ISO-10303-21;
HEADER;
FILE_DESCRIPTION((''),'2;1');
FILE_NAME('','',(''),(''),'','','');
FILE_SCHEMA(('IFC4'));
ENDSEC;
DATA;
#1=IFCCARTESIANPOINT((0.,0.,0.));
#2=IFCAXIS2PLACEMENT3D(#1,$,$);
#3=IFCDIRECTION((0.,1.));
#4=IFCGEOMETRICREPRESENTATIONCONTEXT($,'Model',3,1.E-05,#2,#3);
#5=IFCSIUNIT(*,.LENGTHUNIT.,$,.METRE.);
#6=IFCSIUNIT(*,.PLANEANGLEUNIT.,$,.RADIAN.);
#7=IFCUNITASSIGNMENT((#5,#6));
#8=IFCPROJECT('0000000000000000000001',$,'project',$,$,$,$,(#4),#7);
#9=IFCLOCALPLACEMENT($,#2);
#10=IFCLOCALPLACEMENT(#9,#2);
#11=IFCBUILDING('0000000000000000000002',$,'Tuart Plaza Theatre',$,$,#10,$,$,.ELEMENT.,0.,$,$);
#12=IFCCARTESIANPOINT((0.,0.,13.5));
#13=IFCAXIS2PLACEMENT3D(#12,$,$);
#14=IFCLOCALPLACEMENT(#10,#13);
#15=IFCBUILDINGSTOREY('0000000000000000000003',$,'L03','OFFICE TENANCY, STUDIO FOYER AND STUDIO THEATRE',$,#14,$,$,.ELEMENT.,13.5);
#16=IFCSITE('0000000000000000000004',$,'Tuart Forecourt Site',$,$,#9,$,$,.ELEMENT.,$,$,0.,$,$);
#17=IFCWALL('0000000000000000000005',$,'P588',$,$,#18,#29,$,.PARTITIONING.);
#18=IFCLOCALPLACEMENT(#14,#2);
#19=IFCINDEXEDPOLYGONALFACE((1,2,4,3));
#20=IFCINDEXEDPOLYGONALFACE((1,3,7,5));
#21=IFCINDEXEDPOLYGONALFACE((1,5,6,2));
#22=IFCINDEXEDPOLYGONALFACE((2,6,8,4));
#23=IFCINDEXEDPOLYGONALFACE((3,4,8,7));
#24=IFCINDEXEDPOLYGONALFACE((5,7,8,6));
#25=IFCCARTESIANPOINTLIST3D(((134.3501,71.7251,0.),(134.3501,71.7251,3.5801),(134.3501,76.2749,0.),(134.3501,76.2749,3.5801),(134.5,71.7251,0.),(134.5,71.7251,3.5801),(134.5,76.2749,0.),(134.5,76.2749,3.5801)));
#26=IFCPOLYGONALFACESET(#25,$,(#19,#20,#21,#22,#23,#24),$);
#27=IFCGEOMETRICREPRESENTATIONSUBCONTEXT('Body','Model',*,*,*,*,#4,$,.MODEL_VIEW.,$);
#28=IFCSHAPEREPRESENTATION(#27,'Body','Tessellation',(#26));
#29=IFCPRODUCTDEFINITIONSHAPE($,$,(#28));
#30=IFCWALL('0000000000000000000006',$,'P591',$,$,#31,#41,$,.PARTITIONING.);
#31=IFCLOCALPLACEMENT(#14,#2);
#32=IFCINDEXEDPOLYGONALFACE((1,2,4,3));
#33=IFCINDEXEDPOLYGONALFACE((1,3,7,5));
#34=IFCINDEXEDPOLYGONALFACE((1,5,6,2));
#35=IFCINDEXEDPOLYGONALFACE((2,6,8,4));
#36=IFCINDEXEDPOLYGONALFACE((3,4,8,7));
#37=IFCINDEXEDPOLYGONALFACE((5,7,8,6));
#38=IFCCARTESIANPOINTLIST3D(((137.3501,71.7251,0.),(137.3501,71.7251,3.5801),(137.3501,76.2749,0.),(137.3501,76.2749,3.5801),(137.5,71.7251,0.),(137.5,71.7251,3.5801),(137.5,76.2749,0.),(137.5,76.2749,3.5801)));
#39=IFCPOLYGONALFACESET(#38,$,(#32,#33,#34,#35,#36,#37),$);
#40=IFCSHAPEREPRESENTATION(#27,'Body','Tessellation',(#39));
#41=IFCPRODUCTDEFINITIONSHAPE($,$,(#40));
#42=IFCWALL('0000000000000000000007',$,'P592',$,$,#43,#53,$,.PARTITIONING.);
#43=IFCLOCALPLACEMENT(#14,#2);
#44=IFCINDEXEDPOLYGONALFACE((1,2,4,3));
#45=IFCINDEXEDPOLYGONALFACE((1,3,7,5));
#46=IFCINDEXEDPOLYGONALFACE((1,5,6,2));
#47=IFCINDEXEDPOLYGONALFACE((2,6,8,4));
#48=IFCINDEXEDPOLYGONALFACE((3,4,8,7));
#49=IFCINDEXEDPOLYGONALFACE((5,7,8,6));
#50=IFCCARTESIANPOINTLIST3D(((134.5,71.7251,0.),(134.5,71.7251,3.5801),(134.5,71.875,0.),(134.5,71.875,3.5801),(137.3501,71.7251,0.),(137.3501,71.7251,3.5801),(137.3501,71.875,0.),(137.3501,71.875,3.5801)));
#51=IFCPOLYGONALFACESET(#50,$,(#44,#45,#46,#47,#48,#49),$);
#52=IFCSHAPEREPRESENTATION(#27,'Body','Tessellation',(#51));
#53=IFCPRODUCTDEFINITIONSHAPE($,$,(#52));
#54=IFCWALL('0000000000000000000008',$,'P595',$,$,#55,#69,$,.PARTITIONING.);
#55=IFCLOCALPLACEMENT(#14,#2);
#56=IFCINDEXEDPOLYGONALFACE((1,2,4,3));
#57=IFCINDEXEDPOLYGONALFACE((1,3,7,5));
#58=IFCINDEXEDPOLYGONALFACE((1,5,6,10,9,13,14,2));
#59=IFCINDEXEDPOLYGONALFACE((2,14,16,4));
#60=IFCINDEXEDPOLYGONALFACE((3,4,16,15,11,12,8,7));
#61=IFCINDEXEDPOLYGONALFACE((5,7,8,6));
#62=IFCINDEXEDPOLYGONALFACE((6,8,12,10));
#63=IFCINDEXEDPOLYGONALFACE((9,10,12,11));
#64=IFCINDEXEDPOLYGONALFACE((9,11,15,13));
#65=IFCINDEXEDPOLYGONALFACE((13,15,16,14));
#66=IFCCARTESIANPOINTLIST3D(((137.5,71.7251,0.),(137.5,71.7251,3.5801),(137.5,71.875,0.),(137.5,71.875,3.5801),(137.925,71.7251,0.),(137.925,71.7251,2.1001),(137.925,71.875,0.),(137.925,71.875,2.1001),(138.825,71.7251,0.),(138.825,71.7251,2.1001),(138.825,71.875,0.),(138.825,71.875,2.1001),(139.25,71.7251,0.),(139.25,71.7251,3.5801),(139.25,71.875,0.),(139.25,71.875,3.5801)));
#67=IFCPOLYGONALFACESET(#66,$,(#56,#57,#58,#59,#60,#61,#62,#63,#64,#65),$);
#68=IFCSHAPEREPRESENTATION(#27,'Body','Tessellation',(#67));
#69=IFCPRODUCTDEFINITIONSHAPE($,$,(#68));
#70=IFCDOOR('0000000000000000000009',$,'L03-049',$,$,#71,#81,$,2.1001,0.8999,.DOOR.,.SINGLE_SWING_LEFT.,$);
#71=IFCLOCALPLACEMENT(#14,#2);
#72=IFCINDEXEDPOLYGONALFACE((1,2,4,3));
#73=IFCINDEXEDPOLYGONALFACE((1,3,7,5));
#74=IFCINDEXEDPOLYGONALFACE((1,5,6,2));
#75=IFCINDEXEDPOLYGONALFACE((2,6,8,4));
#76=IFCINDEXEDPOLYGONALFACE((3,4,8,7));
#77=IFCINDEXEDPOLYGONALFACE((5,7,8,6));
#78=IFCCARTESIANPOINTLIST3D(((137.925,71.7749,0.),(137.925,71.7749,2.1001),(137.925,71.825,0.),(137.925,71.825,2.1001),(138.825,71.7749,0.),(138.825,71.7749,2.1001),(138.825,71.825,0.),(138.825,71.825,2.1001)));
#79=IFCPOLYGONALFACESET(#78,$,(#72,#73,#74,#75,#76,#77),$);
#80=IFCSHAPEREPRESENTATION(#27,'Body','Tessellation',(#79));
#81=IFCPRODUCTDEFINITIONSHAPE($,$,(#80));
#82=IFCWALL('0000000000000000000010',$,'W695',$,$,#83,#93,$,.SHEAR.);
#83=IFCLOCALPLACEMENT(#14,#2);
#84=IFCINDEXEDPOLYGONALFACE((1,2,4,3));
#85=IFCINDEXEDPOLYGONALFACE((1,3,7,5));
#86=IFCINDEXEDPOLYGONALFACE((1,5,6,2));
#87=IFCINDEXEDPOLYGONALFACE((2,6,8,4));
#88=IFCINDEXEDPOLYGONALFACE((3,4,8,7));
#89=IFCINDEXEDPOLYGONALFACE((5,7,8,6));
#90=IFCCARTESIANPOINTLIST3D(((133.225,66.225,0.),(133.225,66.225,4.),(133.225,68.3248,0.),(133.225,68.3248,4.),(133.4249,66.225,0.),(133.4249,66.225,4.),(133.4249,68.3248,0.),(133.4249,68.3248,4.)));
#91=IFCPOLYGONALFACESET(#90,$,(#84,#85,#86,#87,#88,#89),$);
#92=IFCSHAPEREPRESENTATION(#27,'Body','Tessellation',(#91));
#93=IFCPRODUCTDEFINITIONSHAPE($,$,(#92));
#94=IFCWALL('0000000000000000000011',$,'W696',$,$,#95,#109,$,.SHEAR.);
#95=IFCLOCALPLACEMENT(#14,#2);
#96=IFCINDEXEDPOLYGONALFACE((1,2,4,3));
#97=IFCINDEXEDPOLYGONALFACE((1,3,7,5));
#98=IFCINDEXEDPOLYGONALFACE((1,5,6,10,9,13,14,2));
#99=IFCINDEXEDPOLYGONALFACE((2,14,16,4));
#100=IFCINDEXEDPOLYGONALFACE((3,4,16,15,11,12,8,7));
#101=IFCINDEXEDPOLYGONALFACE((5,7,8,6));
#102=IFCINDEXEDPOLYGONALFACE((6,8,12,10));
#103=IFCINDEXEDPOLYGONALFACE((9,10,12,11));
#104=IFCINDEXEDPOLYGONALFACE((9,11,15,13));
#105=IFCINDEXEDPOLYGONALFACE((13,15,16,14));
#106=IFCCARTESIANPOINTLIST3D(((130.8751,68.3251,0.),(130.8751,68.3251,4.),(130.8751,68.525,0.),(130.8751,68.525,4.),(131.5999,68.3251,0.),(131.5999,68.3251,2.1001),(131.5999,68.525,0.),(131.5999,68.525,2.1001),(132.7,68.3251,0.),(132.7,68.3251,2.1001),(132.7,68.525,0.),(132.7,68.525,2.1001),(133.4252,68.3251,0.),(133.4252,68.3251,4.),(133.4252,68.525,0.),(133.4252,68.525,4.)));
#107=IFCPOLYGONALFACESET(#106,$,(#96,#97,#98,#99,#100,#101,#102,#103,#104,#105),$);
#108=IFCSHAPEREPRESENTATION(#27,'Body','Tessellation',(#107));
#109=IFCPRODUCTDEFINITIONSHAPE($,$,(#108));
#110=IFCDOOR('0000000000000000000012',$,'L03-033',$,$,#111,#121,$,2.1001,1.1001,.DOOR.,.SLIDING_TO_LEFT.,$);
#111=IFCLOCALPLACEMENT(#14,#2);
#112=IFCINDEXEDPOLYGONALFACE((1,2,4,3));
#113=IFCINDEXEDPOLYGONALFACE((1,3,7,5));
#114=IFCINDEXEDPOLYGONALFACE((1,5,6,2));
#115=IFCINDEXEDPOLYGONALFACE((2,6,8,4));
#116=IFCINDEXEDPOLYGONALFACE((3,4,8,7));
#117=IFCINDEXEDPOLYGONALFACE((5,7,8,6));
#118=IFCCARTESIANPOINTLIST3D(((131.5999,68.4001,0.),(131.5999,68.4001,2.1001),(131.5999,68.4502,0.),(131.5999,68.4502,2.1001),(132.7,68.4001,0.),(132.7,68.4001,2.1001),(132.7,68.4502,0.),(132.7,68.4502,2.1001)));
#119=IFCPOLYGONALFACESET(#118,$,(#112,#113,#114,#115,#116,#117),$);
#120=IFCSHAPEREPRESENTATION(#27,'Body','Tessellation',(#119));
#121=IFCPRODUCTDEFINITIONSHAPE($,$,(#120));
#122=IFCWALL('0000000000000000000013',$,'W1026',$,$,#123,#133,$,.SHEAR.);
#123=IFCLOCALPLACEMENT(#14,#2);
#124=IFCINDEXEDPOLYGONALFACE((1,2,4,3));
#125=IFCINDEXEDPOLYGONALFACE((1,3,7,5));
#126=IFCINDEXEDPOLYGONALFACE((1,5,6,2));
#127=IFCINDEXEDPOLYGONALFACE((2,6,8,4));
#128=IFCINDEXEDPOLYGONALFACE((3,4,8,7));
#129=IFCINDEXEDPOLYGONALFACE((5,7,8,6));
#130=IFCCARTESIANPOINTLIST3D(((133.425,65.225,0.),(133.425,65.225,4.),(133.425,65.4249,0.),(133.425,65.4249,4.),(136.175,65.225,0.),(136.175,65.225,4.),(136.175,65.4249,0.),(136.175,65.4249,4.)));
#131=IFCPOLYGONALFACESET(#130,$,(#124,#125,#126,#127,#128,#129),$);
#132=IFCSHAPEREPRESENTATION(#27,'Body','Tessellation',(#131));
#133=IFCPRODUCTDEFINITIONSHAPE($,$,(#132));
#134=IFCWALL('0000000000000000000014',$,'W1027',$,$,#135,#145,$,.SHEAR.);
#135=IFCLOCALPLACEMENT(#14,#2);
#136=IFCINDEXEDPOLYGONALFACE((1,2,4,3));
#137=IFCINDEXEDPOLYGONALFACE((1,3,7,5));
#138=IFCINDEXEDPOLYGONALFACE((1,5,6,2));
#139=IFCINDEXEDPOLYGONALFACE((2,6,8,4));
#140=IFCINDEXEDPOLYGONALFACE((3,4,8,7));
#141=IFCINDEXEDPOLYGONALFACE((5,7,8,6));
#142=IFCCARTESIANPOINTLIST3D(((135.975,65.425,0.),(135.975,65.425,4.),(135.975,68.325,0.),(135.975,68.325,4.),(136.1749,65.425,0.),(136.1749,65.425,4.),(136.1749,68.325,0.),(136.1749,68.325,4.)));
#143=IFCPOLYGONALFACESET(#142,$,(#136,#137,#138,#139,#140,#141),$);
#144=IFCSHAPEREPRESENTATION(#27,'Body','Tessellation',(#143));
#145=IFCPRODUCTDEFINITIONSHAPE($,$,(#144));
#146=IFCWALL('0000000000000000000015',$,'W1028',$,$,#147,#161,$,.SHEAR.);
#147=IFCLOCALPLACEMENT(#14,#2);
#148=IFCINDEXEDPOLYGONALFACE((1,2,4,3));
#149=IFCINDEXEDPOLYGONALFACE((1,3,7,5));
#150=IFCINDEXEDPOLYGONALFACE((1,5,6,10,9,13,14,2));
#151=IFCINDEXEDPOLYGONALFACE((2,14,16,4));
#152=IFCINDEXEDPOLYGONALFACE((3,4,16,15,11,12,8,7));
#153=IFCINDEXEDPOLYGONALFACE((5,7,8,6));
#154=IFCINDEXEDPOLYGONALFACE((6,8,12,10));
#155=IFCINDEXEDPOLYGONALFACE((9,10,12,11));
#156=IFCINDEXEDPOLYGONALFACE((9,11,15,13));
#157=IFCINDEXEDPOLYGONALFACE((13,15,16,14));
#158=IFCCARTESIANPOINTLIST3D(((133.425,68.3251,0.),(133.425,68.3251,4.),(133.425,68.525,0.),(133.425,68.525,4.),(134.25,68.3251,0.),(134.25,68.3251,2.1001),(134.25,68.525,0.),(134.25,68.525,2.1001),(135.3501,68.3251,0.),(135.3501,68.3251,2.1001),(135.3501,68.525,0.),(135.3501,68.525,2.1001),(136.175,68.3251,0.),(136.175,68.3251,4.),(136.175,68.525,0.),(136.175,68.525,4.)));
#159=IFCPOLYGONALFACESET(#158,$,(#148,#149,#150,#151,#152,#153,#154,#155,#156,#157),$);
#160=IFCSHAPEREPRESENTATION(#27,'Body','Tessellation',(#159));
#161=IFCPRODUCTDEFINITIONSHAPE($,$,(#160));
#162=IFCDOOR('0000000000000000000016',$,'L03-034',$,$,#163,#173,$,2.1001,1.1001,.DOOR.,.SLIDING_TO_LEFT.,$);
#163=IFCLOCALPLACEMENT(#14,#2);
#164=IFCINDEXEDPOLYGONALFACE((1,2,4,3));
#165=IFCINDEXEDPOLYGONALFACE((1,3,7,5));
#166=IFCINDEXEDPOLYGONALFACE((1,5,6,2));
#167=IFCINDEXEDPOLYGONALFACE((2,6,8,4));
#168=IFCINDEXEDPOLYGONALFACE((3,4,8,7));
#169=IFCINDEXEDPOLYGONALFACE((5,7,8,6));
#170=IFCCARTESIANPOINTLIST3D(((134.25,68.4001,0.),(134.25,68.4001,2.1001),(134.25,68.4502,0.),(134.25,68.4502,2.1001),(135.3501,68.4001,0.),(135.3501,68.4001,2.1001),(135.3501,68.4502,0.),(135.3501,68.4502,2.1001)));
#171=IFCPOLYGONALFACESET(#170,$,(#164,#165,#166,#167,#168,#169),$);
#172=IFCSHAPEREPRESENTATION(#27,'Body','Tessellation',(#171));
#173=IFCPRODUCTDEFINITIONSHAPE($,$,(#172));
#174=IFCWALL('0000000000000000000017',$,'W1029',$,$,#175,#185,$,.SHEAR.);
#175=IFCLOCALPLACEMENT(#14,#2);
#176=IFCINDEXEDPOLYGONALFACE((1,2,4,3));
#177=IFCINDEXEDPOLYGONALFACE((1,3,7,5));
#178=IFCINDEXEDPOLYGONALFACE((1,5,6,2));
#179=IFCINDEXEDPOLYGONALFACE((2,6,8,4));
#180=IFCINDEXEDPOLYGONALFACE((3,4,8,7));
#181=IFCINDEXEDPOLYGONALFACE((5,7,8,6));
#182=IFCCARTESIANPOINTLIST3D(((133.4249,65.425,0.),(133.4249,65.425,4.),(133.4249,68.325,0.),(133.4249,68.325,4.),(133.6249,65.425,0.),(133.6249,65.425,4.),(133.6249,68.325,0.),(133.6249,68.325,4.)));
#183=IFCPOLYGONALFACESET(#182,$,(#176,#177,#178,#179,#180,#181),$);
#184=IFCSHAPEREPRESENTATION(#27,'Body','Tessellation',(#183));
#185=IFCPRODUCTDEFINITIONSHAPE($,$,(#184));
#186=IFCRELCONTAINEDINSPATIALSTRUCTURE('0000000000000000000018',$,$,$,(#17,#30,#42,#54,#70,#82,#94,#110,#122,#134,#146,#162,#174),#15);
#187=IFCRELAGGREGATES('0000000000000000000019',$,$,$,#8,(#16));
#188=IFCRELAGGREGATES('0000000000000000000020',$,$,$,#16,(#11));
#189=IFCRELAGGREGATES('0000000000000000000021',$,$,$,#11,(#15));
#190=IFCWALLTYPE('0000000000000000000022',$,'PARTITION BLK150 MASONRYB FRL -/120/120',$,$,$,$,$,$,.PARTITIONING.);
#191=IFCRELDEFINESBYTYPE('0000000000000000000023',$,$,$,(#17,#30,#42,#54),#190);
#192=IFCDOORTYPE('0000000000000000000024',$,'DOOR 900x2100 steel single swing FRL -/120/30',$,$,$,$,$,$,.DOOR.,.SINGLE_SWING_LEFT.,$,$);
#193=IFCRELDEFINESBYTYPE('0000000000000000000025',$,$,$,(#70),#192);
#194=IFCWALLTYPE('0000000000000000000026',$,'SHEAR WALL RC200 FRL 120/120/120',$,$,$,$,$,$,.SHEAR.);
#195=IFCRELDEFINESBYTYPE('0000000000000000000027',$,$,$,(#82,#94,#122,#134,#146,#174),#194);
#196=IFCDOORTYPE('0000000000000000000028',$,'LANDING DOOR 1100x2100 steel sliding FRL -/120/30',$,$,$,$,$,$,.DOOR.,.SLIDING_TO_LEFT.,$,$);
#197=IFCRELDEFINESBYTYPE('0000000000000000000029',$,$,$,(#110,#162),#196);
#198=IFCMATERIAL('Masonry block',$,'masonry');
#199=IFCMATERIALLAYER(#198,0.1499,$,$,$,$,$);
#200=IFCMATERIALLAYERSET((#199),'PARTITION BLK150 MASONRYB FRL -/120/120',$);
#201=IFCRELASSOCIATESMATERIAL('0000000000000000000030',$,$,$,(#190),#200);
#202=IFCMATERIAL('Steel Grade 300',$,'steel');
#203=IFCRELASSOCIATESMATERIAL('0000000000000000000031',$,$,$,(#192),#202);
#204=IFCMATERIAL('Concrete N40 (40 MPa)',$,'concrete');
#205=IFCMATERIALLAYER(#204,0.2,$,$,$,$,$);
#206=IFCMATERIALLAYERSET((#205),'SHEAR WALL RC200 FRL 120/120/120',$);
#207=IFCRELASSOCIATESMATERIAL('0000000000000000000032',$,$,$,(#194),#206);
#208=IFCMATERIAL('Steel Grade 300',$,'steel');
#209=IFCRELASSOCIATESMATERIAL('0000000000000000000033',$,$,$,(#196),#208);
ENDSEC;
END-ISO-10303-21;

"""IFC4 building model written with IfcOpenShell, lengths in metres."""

from ifc_helpers import new_model, si_unit, direction, frame, frame_2d, origin, place, context, subcontext, project, spatial, rectangle, extrude, material, layer, layer_set, type_object, element, fill, save


model = new_model("IFC4")

# Units and contexts
model_context = context("Model", 3, precision=1e-05, world=origin(), true_north=direction((0.0, 1.0)))
body_context = subcontext(model_context, "Body", "Model", "MODEL_VIEW")
ifc_project = project(units=[si_unit("LENGTHUNIT", "METRE"), si_unit("PLANEANGLEUNIT", "RADIAN")], contexts=[model_context])

# Site, building, storey
site_placement = place(None, origin())
site = spatial("IfcSite", under=ifc_project, at=site_placement, Name="Tuart Forecourt Site", CompositionType="ELEMENT", RefElevation=0.0)
building_placement = place(site_placement, origin())
building = spatial("IfcBuilding", under=site, at=building_placement, Name="Tuart Plaza Theatre", CompositionType="ELEMENT", ElevationOfRefHeight=0.0)
storey_placement = place(building_placement, frame((0.0, 0.0, 13.5)))
storey = spatial("IfcBuildingStorey", under=building, at=storey_placement, Name="L03", Description="OFFICE TENANCY, STUDIO FOYER AND STUDIO THEATRE", CompositionType="ELEMENT", Elevation=13.5)

# Walls
ifc_material_1 = material(Name="Masonry block", Category="masonry")
ifc_layer_1 = layer(ifc_material_1, 0.1499)
ifc_layer_set_1 = layer_set([ifc_layer_1], Name="PARTITION BLK150 MASONRYB FRL -/120/120")
wall_type_1 = type_object("IfcWallType", Name="PARTITION BLK150 MASONRYB FRL -/120/120", PredefinedType="PARTITIONING", material=ifc_layer_set_1)
for number, where, z_axis, x_axis, name in (
    (1, (134.425, 71.7251, 0.0), (0.0, 0.0, 1.0), (0.0, 1.0, 0.0), "P588"),
    (2, (137.425, 71.7251, 0.0), (0.0, 0.0, 1.0), (0.0, 1.0, 0.0), "P591"),
):
    element("IfcWall", number, at=place(storey_placement, frame(where, z_axis=z_axis, x_axis=x_axis)), inside=storey, type_object=wall_type_1, Name=name, PredefinedType="PARTITIONING", context=body_context, shape_type="SweptSolid", body=[
        extrude(rectangle(XDim=4.5498, YDim=0.1499, at=frame_2d((2.2749, 0.0))), origin(), (0.0, 0.0, 1.0), 3.5801),
    ])
wall_1_placement = place(storey_placement, frame((134.5, 71.8, 0.0), z_axis=(0.0, 0.0, 1.0), x_axis=(1.0, 0.0, 0.0)))
element("IfcWall", 3, at=wall_1_placement, inside=storey, type_object=wall_type_1, Name="P592", PredefinedType="PARTITIONING", context=body_context, shape_type="SweptSolid", body=[
    extrude(rectangle(XDim=2.8501, YDim=0.1499, at=frame_2d((1.425, 0.0))), origin(), (0.0, 0.0, 1.0), 3.5801),
])

# Wall, opening, door
wall_2_placement = place(storey_placement, frame((137.5, 71.8, 0.0), z_axis=(0.0, 0.0, 1.0), x_axis=(1.0, 0.0, 0.0)))
wall_2 = element("IfcWall", 4, at=wall_2_placement, inside=storey, type_object=wall_type_1, Name="P595", PredefinedType="PARTITIONING", context=body_context, shape_type="SweptSolid", body=[
    extrude(rectangle(XDim=1.75, YDim=0.1499, at=frame_2d((0.875, 0.0))), origin(), (0.0, 0.0, 1.0), 3.5801),
])
opening_1_placement = place(wall_2_placement, frame((0.425, 0.0, 0.0)))
opening_1 = element("IfcOpeningElement", 5, at=opening_1_placement, cuts=wall_2, PredefinedType="OPENING", context=body_context, shape_type="SweptSolid", body=[
    extrude(rectangle(XDim=0.8999, YDim=2.1001, at=frame_2d((0.45, 1.05))), frame((0.0, 0.085, 0.0), z_axis=(0.0, -1.0, 0.0), x_axis=(1.0, 0.0, 0.0)), (0.0, 0.0, 1.0), 0.1699),
])
ifc_material_2 = material(Name="Steel Grade 300", Category="steel")
door_type_1 = type_object("IfcDoorType", Name="DOOR 900x2100 steel single swing FRL -/120/30", OperationType="SINGLE_SWING_LEFT", PredefinedType="DOOR", material=ifc_material_2)
door_1_placement = place(opening_1_placement, origin())
door_1 = element("IfcDoor", 6, at=door_1_placement, inside=storey, type_object=door_type_1, Name="L03-049", OperationType="SINGLE_SWING_LEFT", OverallHeight=2.1001, OverallWidth=0.8999, PredefinedType="DOOR", context=body_context, shape_type="SweptSolid", body=[
    extrude(rectangle(XDim=0.8999, YDim=2.1001, at=frame_2d((0.45, 1.05))), frame((0.0, 0.0249, 0.0), z_axis=(0.0, -1.0, 0.0), x_axis=(1.0, 0.0, 0.0)), (0.0, 0.0, 1.0), 0.05),
])
fill(opening_1, door_1)

# Wall
ifc_material_3 = material(Name="Concrete N40 (40 MPa)", Category="concrete")
ifc_layer_2 = layer(ifc_material_3, 0.2)
ifc_layer_set_2 = layer_set([ifc_layer_2], Name="SHEAR WALL RC200 FRL 120/120/120")
wall_type_2 = type_object("IfcWallType", Name="SHEAR WALL RC200 FRL 120/120/120", PredefinedType="SHEAR", material=ifc_layer_set_2)
wall_3_placement = place(storey_placement, frame((133.325, 66.2251, 0.0), z_axis=(0.0, 0.0, 1.0), x_axis=(0.0, 1.0, 0.0)))
element("IfcWall", 7, at=wall_3_placement, inside=storey, type_object=wall_type_2, Name="W695", PredefinedType="SHEAR", context=body_context, shape_type="SweptSolid", body=[
    extrude(rectangle(XDim=2.0999, YDim=0.2, at=frame_2d((1.0498, 0.0))), origin(), (0.0, 0.0, 1.0), 4.0),
])

# Wall, opening, door
wall_4_placement = place(storey_placement, frame((133.425, 68.425, 0.0), z_axis=(0.0, 0.0, 1.0), x_axis=(-1.0, 0.0, 0.0)))
wall_4 = element("IfcWall", 8, at=wall_4_placement, inside=storey, type_object=wall_type_2, Name="W696", PredefinedType="SHEAR", context=body_context, shape_type="SweptSolid", body=[
    extrude(rectangle(XDim=2.55, YDim=0.2, at=frame_2d((1.2749, 0.0))), origin(), (0.0, 0.0, 1.0), 4.0),
])
opening_2_placement = place(wall_4_placement, frame((0.7251, 0.0, 0.0)))
opening_2 = element("IfcOpeningElement", 9, at=opening_2_placement, cuts=wall_4, PredefinedType="OPENING", context=body_context, shape_type="SweptSolid", body=[
    extrude(rectangle(XDim=1.1001, YDim=2.1001, at=frame_2d((0.55, 1.05))), frame((0.0, 0.1099, 0.0), z_axis=(0.0, -1.0, 0.0), x_axis=(1.0, 0.0, 0.0)), (0.0, 0.0, 1.0), 0.22),
])
ifc_material_4 = material(Name="Steel Grade 300", Category="steel")
door_type_2 = type_object("IfcDoorType", Name="LANDING DOOR 1100x2100 steel sliding FRL -/120/30", OperationType="SLIDING_TO_LEFT", PredefinedType="DOOR", material=ifc_material_4)
door_2_placement = place(opening_2_placement, origin())
door_2 = element("IfcDoor", 10, at=door_2_placement, inside=storey, type_object=door_type_2, Name="L03-033", OperationType="SLIDING_TO_LEFT", OverallHeight=2.1001, OverallWidth=1.1001, PredefinedType="DOOR", context=body_context, shape_type="SweptSolid", body=[
    extrude(rectangle(XDim=1.1001, YDim=2.1001, at=frame_2d((0.55, 1.05))), frame((0.0, 0.0249, 0.0), z_axis=(0.0, -1.0, 0.0), x_axis=(1.0, 0.0, 0.0)), (0.0, 0.0, 1.0), 0.05),
])
fill(opening_2, door_2)

# Walls
wall_5_placement = place(storey_placement, frame((133.425, 65.325, 0.0), z_axis=(0.0, 0.0, 1.0), x_axis=(1.0, 0.0, 0.0)))
element("IfcWall", 11, at=wall_5_placement, inside=storey, type_object=wall_type_2, Name="W1026", PredefinedType="SHEAR", context=body_context, shape_type="SweptSolid", body=[
    extrude(rectangle(XDim=2.75, YDim=0.2, at=frame_2d((1.375, 0.0))), origin(), (0.0, 0.0, 1.0), 4.0),
])
wall_6_placement = place(storey_placement, frame((136.075, 65.425, 0.0), z_axis=(0.0, 0.0, 1.0), x_axis=(0.0, 1.0, 0.0)))
element("IfcWall", 12, at=wall_6_placement, inside=storey, type_object=wall_type_2, Name="W1027", PredefinedType="SHEAR", context=body_context, shape_type="SweptSolid", body=[
    extrude(rectangle(XDim=2.8999, YDim=0.2, at=frame_2d((1.45, 0.0))), origin(), (0.0, 0.0, 1.0), 4.0),
])

# Wall, opening, door
wall_7_placement = place(storey_placement, frame((136.175, 68.425, 0.0), z_axis=(0.0, 0.0, 1.0), x_axis=(-1.0, 0.0, 0.0)))
wall_7 = element("IfcWall", 13, at=wall_7_placement, inside=storey, type_object=wall_type_2, Name="W1028", PredefinedType="SHEAR", context=body_context, shape_type="SweptSolid", body=[
    extrude(rectangle(XDim=2.75, YDim=0.2, at=frame_2d((1.375, 0.0))), origin(), (0.0, 0.0, 1.0), 4.0),
])
opening_3_placement = place(wall_7_placement, frame((0.825, 0.0, 0.0)))
opening_3 = element("IfcOpeningElement", 14, at=opening_3_placement, cuts=wall_7, PredefinedType="OPENING", context=body_context, shape_type="SweptSolid", body=[
    extrude(rectangle(XDim=1.1001, YDim=2.1001, at=frame_2d((0.55, 1.05))), frame((0.0, 0.1099, 0.0), z_axis=(0.0, -1.0, 0.0), x_axis=(1.0, 0.0, 0.0)), (0.0, 0.0, 1.0), 0.22),
])
door_3_placement = place(opening_3_placement, origin())
door_3 = element("IfcDoor", 15, at=door_3_placement, inside=storey, type_object=door_type_2, Name="L03-034", OperationType="SLIDING_TO_LEFT", OverallHeight=2.1001, OverallWidth=1.1001, PredefinedType="DOOR", context=body_context, shape_type="SweptSolid", body=[
    extrude(rectangle(XDim=1.1001, YDim=2.1001, at=frame_2d((0.55, 1.05))), frame((0.0, 0.0249, 0.0), z_axis=(0.0, -1.0, 0.0), x_axis=(1.0, 0.0, 0.0)), (0.0, 0.0, 1.0), 0.05),
])
fill(opening_3, door_3)

# Wall
wall_8_placement = place(storey_placement, frame((133.5249, 68.325, 0.0), z_axis=(0.0, 0.0, 1.0), x_axis=(0.0, -1.0, 0.0)))
element("IfcWall", 16, at=wall_8_placement, inside=storey, type_object=wall_type_2, Name="W1029", PredefinedType="SHEAR", context=body_context, shape_type="SweptSolid", body=[
    extrude(rectangle(XDim=2.8999, YDim=0.2, at=frame_2d((1.45, 0.0))), origin(), (0.0, 0.0, 1.0), 4.0),
])

save(model, "model.ifc")
